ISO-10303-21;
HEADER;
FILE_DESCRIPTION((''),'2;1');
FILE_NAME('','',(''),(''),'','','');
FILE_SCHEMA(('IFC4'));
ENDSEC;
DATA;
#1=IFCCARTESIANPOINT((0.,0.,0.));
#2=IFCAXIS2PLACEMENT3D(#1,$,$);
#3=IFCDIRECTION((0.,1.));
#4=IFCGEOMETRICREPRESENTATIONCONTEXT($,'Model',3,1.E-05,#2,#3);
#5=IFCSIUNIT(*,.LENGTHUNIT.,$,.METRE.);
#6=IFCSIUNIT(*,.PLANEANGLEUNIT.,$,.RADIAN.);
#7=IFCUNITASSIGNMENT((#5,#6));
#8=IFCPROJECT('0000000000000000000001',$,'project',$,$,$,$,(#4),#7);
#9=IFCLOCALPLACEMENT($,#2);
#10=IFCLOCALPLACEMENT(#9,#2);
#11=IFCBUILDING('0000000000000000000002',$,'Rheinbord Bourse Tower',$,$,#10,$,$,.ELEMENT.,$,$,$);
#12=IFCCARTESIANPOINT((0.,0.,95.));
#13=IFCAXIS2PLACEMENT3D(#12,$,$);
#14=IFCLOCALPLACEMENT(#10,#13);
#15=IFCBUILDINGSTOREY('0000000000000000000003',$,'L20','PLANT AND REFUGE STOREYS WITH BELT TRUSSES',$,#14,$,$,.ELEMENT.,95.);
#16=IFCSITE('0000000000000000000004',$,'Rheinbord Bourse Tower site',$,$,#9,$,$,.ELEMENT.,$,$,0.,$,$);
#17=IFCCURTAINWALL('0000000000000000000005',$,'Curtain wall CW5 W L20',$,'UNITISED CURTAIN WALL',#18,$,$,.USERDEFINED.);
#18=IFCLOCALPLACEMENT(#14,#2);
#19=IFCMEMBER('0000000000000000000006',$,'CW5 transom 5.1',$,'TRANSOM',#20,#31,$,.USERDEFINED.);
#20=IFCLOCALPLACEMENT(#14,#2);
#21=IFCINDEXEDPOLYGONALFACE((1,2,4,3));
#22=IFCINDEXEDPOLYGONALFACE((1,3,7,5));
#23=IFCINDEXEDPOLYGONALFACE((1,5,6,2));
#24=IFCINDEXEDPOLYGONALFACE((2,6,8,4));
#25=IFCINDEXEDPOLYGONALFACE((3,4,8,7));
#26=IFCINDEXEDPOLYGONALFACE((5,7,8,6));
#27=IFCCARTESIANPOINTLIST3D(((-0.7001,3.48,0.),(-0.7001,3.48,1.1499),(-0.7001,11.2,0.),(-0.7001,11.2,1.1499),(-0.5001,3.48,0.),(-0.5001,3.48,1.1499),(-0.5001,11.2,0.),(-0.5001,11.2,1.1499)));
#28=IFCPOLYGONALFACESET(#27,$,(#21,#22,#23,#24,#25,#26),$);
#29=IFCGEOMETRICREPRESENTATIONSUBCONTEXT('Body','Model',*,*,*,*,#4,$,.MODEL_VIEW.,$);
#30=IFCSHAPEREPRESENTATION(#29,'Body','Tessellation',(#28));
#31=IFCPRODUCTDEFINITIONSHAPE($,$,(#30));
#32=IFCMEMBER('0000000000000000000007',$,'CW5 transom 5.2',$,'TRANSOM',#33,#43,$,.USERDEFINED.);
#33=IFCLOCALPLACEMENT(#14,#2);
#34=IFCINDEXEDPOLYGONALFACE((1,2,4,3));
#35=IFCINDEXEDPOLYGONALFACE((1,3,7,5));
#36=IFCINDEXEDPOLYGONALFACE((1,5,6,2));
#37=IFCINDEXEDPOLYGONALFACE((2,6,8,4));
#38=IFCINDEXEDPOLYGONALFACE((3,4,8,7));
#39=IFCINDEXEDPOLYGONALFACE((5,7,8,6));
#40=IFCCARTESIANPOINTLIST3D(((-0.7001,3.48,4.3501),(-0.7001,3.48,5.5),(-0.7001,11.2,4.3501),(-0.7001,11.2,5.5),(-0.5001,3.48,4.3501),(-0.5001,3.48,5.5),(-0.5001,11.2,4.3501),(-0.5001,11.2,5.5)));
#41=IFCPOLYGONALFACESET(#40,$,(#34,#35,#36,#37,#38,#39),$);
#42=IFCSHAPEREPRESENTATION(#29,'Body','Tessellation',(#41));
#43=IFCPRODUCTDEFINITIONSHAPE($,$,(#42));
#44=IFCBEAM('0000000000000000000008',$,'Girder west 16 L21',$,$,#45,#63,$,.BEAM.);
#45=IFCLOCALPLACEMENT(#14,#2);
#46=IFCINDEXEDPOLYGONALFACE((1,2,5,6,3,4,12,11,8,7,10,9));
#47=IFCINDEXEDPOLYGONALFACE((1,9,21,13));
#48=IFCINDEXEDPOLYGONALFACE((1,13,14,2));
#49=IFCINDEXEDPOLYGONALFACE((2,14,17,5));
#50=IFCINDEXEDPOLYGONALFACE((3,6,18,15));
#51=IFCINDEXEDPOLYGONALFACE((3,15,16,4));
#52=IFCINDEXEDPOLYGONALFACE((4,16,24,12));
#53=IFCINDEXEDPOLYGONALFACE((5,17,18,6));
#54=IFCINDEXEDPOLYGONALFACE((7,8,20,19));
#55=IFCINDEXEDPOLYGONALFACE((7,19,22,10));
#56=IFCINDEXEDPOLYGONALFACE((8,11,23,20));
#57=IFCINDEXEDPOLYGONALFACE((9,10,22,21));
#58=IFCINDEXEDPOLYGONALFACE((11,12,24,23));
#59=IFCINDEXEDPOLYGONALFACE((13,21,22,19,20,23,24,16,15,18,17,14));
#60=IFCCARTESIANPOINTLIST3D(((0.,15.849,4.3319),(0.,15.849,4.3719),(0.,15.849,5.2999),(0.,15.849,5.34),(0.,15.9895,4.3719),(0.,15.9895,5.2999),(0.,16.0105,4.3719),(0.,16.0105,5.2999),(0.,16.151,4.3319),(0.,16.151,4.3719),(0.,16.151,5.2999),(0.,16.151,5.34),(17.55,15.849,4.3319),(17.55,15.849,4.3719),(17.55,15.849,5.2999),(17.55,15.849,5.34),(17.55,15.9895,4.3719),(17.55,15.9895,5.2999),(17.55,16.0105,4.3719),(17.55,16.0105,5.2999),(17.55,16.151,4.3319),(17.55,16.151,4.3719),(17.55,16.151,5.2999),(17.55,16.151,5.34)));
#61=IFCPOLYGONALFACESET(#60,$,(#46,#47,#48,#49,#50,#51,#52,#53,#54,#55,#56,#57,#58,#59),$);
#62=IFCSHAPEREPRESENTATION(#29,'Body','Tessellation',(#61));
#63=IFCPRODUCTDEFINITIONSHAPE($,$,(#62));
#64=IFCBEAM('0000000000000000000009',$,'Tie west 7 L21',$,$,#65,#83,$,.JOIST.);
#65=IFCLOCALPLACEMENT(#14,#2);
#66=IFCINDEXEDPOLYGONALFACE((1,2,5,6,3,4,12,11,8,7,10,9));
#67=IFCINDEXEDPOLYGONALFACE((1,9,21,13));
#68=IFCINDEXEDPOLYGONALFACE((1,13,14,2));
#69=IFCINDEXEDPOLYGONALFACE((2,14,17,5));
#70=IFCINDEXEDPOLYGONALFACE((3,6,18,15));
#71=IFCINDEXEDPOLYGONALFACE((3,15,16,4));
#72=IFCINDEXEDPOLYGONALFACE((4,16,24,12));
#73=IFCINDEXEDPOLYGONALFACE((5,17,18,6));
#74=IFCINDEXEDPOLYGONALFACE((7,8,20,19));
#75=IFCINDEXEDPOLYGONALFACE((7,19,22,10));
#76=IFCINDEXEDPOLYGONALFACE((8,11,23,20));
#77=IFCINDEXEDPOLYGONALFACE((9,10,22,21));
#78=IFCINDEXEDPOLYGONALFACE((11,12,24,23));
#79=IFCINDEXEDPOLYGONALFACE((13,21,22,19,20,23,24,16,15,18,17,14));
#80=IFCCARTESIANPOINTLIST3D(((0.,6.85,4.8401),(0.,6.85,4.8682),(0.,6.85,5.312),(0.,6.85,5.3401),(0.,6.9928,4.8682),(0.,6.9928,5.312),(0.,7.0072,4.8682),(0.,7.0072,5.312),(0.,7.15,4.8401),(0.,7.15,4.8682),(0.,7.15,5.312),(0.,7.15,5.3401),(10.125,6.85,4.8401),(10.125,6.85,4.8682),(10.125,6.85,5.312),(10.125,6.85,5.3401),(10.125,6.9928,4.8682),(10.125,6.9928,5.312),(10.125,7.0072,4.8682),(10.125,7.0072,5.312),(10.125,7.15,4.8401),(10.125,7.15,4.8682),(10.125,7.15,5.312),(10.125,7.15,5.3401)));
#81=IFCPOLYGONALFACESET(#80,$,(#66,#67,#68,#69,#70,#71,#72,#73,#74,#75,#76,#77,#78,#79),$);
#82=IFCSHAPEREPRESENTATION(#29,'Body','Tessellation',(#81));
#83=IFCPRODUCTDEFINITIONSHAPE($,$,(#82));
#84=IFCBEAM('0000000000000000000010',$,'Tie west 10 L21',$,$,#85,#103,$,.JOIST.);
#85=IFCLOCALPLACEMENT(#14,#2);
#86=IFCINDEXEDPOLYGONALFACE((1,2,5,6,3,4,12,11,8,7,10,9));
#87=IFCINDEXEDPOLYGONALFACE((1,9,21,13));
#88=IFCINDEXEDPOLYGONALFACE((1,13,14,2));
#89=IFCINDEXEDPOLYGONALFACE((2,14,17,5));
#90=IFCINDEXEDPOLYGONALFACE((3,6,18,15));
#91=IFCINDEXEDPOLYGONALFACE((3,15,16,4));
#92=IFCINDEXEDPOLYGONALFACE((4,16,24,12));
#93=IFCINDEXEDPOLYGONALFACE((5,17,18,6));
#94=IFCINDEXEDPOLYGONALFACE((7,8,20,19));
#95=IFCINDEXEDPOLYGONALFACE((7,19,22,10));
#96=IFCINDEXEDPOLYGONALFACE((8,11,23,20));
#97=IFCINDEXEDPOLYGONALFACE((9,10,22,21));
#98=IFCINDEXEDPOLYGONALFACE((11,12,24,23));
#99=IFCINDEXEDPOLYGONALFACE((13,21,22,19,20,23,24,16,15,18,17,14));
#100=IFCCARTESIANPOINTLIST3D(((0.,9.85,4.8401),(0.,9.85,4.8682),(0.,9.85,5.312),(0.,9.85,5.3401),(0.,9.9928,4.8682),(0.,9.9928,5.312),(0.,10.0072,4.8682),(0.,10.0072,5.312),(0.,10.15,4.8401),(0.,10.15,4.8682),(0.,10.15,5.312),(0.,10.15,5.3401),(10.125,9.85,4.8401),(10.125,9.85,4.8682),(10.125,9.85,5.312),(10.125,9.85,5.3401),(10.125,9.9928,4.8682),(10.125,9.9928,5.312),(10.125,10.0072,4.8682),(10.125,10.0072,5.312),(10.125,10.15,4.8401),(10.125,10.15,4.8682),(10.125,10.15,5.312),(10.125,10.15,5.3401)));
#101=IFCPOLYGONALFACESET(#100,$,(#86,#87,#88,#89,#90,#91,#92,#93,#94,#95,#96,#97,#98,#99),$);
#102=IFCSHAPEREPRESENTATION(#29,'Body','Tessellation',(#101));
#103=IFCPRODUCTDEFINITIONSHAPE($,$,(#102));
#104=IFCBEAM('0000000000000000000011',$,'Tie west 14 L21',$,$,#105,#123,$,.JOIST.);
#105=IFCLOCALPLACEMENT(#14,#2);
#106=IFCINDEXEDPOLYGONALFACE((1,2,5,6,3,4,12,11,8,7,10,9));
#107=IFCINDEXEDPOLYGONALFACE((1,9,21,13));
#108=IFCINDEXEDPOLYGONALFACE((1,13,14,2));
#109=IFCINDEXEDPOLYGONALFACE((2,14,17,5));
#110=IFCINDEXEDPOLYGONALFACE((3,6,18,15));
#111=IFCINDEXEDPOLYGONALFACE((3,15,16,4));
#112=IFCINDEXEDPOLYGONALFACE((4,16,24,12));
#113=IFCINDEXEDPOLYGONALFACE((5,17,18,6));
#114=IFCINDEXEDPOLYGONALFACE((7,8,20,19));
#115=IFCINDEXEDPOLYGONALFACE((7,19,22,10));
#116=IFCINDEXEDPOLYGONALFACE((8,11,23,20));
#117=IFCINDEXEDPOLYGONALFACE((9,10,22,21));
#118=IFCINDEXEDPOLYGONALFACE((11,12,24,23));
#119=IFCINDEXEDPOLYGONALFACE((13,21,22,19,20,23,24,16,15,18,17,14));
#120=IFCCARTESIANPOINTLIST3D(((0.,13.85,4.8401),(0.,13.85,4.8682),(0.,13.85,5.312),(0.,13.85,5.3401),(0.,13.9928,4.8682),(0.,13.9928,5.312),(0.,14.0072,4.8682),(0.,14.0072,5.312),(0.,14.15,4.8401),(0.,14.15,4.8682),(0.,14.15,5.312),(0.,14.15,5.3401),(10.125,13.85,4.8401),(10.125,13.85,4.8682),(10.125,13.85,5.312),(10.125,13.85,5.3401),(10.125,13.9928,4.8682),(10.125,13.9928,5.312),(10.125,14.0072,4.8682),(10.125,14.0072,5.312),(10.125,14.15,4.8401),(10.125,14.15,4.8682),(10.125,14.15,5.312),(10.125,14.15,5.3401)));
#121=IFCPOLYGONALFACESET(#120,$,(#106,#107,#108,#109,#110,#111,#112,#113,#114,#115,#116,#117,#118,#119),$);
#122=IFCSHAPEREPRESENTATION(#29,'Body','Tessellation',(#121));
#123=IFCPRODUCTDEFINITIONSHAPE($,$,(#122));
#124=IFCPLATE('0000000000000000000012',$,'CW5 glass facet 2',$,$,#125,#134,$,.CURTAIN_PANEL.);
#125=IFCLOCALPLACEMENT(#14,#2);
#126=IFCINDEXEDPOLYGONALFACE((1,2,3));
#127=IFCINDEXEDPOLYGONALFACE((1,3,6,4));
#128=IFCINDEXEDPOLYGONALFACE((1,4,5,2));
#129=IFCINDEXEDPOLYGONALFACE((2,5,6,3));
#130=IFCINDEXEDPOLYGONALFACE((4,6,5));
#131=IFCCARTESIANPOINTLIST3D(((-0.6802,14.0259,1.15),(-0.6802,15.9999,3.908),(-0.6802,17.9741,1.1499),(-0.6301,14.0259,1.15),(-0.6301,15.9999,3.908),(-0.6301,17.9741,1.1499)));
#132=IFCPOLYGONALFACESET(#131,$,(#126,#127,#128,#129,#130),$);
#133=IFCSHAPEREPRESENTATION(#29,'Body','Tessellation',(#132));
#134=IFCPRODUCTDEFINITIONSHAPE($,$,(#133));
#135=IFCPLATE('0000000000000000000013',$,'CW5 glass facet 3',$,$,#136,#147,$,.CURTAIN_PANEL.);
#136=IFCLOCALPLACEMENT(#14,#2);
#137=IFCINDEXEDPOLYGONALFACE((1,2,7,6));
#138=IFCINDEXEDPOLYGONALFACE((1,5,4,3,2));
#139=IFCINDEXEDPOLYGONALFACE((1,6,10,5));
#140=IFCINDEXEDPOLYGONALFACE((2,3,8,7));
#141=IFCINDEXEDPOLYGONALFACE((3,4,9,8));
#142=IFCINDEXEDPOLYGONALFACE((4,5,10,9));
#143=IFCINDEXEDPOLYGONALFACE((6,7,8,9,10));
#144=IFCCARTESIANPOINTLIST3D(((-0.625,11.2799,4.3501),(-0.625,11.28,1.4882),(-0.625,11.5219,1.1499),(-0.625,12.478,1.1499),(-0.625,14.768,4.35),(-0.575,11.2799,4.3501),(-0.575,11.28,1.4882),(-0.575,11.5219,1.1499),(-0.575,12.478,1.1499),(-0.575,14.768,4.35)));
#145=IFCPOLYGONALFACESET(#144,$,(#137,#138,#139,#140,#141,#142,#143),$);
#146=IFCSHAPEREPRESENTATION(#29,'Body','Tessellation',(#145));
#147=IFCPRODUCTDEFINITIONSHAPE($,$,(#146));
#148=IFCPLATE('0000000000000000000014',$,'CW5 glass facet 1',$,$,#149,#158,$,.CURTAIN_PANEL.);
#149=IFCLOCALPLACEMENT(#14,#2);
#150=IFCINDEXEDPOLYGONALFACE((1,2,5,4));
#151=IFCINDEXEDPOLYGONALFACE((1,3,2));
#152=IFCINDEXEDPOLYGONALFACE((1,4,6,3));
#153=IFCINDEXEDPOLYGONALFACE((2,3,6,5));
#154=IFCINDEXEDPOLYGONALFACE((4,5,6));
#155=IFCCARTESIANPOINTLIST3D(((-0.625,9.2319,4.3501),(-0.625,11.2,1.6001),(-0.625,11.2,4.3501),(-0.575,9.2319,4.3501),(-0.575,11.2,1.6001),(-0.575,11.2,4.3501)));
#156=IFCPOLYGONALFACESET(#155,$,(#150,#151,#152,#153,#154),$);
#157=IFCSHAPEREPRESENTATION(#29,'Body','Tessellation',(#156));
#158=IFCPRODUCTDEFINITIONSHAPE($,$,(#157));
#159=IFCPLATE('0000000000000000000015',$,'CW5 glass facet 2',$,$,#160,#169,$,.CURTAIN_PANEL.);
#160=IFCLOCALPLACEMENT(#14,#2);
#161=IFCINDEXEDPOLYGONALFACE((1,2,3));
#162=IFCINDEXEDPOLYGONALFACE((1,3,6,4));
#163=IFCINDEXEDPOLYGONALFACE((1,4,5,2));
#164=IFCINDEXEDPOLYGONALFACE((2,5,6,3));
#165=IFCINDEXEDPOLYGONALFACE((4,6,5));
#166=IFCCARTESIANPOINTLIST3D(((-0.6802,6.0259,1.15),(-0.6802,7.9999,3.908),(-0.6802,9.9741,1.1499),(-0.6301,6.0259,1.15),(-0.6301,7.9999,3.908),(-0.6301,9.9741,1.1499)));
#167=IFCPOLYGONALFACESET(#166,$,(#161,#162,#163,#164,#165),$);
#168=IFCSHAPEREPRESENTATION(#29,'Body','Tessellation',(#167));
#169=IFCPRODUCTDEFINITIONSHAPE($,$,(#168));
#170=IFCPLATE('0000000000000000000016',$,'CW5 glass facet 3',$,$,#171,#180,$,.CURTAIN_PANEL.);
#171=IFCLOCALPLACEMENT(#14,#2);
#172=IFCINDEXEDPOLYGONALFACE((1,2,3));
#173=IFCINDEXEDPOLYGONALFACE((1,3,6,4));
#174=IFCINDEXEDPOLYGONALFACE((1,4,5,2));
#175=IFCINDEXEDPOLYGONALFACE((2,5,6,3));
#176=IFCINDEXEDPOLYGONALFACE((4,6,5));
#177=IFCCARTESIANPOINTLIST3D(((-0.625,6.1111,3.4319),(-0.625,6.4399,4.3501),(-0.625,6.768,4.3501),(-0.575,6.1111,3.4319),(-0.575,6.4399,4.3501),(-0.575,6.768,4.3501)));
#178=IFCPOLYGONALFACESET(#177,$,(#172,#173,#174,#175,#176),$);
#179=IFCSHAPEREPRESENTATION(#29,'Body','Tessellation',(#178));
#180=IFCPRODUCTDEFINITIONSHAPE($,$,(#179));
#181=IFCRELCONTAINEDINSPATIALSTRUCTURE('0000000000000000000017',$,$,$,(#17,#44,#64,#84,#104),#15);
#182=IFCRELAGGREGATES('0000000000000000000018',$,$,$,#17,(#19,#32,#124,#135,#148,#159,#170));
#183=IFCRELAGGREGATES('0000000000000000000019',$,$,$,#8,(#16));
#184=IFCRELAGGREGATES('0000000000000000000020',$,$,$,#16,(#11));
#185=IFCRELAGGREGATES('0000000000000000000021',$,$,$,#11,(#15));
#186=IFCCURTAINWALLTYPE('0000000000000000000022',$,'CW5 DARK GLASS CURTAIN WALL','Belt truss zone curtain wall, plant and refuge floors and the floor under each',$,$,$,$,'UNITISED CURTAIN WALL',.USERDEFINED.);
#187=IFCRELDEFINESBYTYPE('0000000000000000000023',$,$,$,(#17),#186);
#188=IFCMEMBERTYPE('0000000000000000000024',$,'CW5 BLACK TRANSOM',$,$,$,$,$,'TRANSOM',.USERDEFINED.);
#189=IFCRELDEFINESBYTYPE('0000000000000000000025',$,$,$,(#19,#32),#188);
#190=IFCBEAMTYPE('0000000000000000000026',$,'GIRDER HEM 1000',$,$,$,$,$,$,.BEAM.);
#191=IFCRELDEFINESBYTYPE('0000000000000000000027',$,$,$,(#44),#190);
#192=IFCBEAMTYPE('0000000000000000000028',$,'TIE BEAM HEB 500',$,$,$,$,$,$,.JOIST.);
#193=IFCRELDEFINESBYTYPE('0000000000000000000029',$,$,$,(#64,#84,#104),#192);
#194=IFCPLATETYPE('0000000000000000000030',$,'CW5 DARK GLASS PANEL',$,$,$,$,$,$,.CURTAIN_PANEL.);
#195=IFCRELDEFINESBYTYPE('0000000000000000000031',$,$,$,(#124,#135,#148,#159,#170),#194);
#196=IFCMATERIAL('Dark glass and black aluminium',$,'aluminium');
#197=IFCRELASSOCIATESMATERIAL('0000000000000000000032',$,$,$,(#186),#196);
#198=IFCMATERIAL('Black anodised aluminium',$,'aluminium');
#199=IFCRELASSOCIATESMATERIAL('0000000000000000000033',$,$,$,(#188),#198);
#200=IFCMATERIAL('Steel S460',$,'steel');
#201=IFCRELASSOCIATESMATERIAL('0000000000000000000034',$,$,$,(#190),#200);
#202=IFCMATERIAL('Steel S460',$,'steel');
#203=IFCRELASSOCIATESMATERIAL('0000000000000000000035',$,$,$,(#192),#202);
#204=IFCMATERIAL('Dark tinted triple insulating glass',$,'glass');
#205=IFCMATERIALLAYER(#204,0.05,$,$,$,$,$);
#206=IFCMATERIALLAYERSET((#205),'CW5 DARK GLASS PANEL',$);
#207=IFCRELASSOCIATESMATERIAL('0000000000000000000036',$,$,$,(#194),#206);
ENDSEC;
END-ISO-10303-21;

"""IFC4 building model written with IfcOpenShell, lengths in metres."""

from ifc_helpers import new_model, si_unit, direction, frame, origin, origin_2d, place, context, subcontext, project, spatial, polyline, rectangle, i_section, outline, extrude, material, layer, layer_set, material_profile, profile_set, type_object, element, aggregate, save


model = new_model("IFC4")

# Units and contexts
model_context = context("Model", 3, precision=1e-05, world=origin(), true_north=direction((0.0, 1.0)))
body_context = subcontext(model_context, "Body", "Model", "MODEL_VIEW")
ifc_project = project(units=[si_unit("LENGTHUNIT", "METRE"), si_unit("PLANEANGLEUNIT", "RADIAN")], contexts=[model_context])

# Site, building, storey
site_placement = place(None, origin())
site = spatial("IfcSite", under=ifc_project, at=site_placement, Name="Rheinbord Bourse Tower site", CompositionType="ELEMENT", RefElevation=0.0)
building_placement = place(site_placement, origin())
building = spatial("IfcBuilding", under=site, at=building_placement, Name="Rheinbord Bourse Tower", CompositionType="ELEMENT")
storey_placement = place(building_placement, frame((0.0, 0.0, 95.0)))
storey = spatial("IfcBuildingStorey", under=building, at=storey_placement, Name="L20", Description="PLANT AND REFUGE STOREYS WITH BELT TRUSSES", CompositionType="ELEMENT", Elevation=95.0)

# Curtain wall, members
ifc_material_1 = material(Name="Dark glass and black aluminium", Category="aluminium")
curtain_wall_type = type_object("IfcCurtainWallType", Name="CW5 DARK GLASS CURTAIN WALL", Description="Belt truss zone curtain wall, plant and refuge floors and the floor under each", ElementType="UNITISED CURTAIN WALL", PredefinedType="USERDEFINED", material=ifc_material_1)
curtain_wall_placement = place(storey_placement, origin())
curtain_wall = element("IfcCurtainWall", 1, at=curtain_wall_placement, inside=storey, type_object=curtain_wall_type, Name="Curtain wall CW5 W L20", ObjectType="UNITISED CURTAIN WALL", PredefinedType="USERDEFINED")
ifc_material_2 = material(Name="Black anodised aluminium", Category="aluminium")
ifc_material_profile_1 = material_profile(ifc_material_2, rectangle(XDim=0.2, YDim=1.1499, at=origin_2d()), Name="CW5 TRANSOM 1150x200")
ifc_profile_set_1 = profile_set([ifc_material_profile_1], Name="Black anodised aluminium")
member_type_1 = type_object("IfcMemberType", Name="CW5 BLACK TRANSOM", ElementType="TRANSOM", PredefinedType="USERDEFINED", material=ifc_profile_set_1)
member_1_placement = place(storey_placement, frame((-0.6001, 11.2, 0.575), z_axis=(0.0, -1.0, 0.0), x_axis=(1.0, 0.0, 0.0)))
member_1 = element("IfcMember", 2, at=member_1_placement, type_object=member_type_1, Name="CW5 transom 5.1", ObjectType="TRANSOM", PredefinedType="USERDEFINED", context=body_context, shape_type="SweptSolid", body=[
    extrude(rectangle(XDim=0.2, YDim=1.1499, at=origin_2d()), origin(), (0.0, 0.0, 1.0), 7.72),
])
member_2_placement = place(storey_placement, frame((-0.6001, 11.2, 4.925), z_axis=(0.0, -1.0, 0.0), x_axis=(1.0, 0.0, 0.0)))
member_2 = element("IfcMember", 3, at=member_2_placement, type_object=member_type_1, Name="CW5 transom 5.2", ObjectType="TRANSOM", PredefinedType="USERDEFINED", context=body_context, shape_type="SweptSolid", body=[
    extrude(rectangle(XDim=0.2, YDim=1.1499, at=origin_2d()), origin(), (0.0, 0.0, 1.0), 7.72),
])

# Beams
ifc_material_3 = material(Name="Steel S460", Category="steel")
ifc_material_profile_2 = material_profile(ifc_material_3, i_section(OverallWidth=0.302, OverallDepth=1.0081, WebThickness=0.021, FlangeThickness=0.04, at=origin_2d()), Name="HEM 1000")
ifc_profile_set_2 = profile_set([ifc_material_profile_2], Name="Steel S460")
beam_type_1 = type_object("IfcBeamType", Name="GIRDER HEM 1000", PredefinedType="BEAM", material=ifc_profile_set_2)
beam_1_placement = place(storey_placement, frame((0.0, 16.0, 4.8359), z_axis=(1.0, 0.0, 0.0), x_axis=(0.0, 1.0, 0.0)))
element("IfcBeam", 4, at=beam_1_placement, inside=storey, type_object=beam_type_1, Name="Girder west 16 L21", PredefinedType="BEAM", context=body_context, shape_type="SweptSolid", body=[
    extrude(i_section(OverallWidth=0.302, OverallDepth=1.0081, WebThickness=0.021, FlangeThickness=0.04, at=origin_2d()), origin(), (0.0, 0.0, 1.0), 17.55),
])
ifc_material_4 = material(Name="Steel S460", Category="steel")
ifc_material_profile_3 = material_profile(ifc_material_4, i_section(OverallWidth=0.3, OverallDepth=0.5, WebThickness=0.0144, FlangeThickness=0.0281, at=origin_2d()), Name="HEB 500")
ifc_profile_set_3 = profile_set([ifc_material_profile_3], Name="Steel S460")
beam_type_2 = type_object("IfcBeamType", Name="TIE BEAM HEB 500", PredefinedType="JOIST", material=ifc_profile_set_3)
for number, where, z_axis, x_axis, name in (
    (5, (0.0, 7.0, 5.0901), (1.0, 0.0, 0.0), (0.0, 1.0, 0.0), "Tie west 7 L21"),
    (6, (0.0, 10.0, 5.0901), (1.0, 0.0, 0.0), (0.0, 1.0, 0.0), "Tie west 10 L21"),
    (7, (0.0, 14.0, 5.0901), (1.0, 0.0, 0.0), (0.0, 1.0, 0.0), "Tie west 14 L21"),
):
    element("IfcBeam", number, at=place(storey_placement, frame(where, z_axis=z_axis, x_axis=x_axis)), inside=storey, type_object=beam_type_2, Name=name, PredefinedType="JOIST", context=body_context, shape_type="SweptSolid", body=[
        extrude(i_section(OverallWidth=0.3, OverallDepth=0.5, WebThickness=0.0144, FlangeThickness=0.0281, at=origin_2d()), origin(), (0.0, 0.0, 1.0), 10.125),
    ])

# Plates
ifc_material_5 = material(Name="Dark tinted triple insulating glass", Category="glass")
ifc_layer = layer(ifc_material_5, 0.05)
ifc_layer_set = layer_set([ifc_layer], Name="CW5 DARK GLASS PANEL")
plate_type = type_object("IfcPlateType", Name="CW5 DARK GLASS PANEL", PredefinedType="CURTAIN_PANEL", material=ifc_layer_set)
plate_1_placement = place(storey_placement, frame((-0.6802, 17.9741, 1.1499), z_axis=(1.0, 0.0, 0.0), x_axis=(0.0, -0.582035, 0.813164)))
plate_1 = element("IfcPlate", 8, at=plate_1_placement, type_object=plate_type, Name="CW5 glass facet 2", PredefinedType="CURTAIN_PANEL", context=body_context, shape_type="SweptSolid", body=[
    extrude(outline(polyline([(0.0, 0.0), (3.3918, 0.0), (2.2981, 3.2104), (0.0, 0.0)])), origin(), (0.0, 0.0, 1.0), 0.05),
])
plate_2_placement = place(storey_placement, frame((-0.625, 12.478, 1.1499), z_axis=(1.0, 0.0, 0.0), x_axis=(0.0, 0.581942, 0.81323)))
plate_2 = element("IfcPlate", 9, at=plate_2_placement, type_object=plate_type, Name="CW5 glass facet 3", PredefinedType="CURTAIN_PANEL", context=body_context, shape_type="SweptSolid", body=[
    extrude(outline(polyline([(0.0, 0.0), (3.9351, 0.0), (1.9053, 2.8367), (-0.4221, 1.1711), (-0.5564, 0.7776), (0.0, 0.0)])), origin(), (0.0, 0.0, 1.0), 0.05),
])
plate_3_placement = place(storey_placement, frame((-0.625, 11.2, 4.3501), z_axis=(1.0, 0.0, 0.0), x_axis=(0.0, -1.0, 0.0)))
plate_3 = element("IfcPlate", 10, at=plate_3_placement, type_object=plate_type, Name="CW5 glass facet 1", PredefinedType="CURTAIN_PANEL", context=body_context, shape_type="SweptSolid", body=[
    extrude(outline(polyline([(0.0, 0.0), (1.968, 0.0), (0.0, 2.75), (0.0, 0.0)])), origin(), (0.0, 0.0, 1.0), 0.05),
])
plate_4_placement = place(storey_placement, frame((-0.6802, 9.9741, 1.1499), z_axis=(1.0, 0.0, 0.0), x_axis=(0.0, -0.582035, 0.813164)))
plate_4 = element("IfcPlate", 11, at=plate_4_placement, type_object=plate_type, Name="CW5 glass facet 2", PredefinedType="CURTAIN_PANEL", context=body_context, shape_type="SweptSolid", body=[
    extrude(outline(polyline([(0.0, 0.0), (3.3918, 0.0), (2.2981, 3.2104), (0.0, 0.0)])), origin(), (0.0, 0.0, 1.0), 0.05),
])
plate_5_placement = place(storey_placement, frame((-0.625, 6.4399, 4.3501), z_axis=(1.0, 0.0, 0.0), x_axis=(0.0, -0.337177, -0.941441)))
plate_5 = element("IfcPlate", 12, at=plate_5_placement, type_object=plate_type, Name="CW5 glass facet 3", PredefinedType="CURTAIN_PANEL", context=body_context, shape_type="SweptSolid", body=[
    extrude(outline(polyline([(0.0, 0.0), (0.9753, 0.0), (-0.1106, 0.3088), (0.0, 0.0)])), origin(), (0.0, 0.0, 1.0), 0.05),
])
aggregate(curtain_wall, [member_1, member_2, plate_1, plate_2, plate_3, plate_4, plate_5])

save(model, "model.ifc")
